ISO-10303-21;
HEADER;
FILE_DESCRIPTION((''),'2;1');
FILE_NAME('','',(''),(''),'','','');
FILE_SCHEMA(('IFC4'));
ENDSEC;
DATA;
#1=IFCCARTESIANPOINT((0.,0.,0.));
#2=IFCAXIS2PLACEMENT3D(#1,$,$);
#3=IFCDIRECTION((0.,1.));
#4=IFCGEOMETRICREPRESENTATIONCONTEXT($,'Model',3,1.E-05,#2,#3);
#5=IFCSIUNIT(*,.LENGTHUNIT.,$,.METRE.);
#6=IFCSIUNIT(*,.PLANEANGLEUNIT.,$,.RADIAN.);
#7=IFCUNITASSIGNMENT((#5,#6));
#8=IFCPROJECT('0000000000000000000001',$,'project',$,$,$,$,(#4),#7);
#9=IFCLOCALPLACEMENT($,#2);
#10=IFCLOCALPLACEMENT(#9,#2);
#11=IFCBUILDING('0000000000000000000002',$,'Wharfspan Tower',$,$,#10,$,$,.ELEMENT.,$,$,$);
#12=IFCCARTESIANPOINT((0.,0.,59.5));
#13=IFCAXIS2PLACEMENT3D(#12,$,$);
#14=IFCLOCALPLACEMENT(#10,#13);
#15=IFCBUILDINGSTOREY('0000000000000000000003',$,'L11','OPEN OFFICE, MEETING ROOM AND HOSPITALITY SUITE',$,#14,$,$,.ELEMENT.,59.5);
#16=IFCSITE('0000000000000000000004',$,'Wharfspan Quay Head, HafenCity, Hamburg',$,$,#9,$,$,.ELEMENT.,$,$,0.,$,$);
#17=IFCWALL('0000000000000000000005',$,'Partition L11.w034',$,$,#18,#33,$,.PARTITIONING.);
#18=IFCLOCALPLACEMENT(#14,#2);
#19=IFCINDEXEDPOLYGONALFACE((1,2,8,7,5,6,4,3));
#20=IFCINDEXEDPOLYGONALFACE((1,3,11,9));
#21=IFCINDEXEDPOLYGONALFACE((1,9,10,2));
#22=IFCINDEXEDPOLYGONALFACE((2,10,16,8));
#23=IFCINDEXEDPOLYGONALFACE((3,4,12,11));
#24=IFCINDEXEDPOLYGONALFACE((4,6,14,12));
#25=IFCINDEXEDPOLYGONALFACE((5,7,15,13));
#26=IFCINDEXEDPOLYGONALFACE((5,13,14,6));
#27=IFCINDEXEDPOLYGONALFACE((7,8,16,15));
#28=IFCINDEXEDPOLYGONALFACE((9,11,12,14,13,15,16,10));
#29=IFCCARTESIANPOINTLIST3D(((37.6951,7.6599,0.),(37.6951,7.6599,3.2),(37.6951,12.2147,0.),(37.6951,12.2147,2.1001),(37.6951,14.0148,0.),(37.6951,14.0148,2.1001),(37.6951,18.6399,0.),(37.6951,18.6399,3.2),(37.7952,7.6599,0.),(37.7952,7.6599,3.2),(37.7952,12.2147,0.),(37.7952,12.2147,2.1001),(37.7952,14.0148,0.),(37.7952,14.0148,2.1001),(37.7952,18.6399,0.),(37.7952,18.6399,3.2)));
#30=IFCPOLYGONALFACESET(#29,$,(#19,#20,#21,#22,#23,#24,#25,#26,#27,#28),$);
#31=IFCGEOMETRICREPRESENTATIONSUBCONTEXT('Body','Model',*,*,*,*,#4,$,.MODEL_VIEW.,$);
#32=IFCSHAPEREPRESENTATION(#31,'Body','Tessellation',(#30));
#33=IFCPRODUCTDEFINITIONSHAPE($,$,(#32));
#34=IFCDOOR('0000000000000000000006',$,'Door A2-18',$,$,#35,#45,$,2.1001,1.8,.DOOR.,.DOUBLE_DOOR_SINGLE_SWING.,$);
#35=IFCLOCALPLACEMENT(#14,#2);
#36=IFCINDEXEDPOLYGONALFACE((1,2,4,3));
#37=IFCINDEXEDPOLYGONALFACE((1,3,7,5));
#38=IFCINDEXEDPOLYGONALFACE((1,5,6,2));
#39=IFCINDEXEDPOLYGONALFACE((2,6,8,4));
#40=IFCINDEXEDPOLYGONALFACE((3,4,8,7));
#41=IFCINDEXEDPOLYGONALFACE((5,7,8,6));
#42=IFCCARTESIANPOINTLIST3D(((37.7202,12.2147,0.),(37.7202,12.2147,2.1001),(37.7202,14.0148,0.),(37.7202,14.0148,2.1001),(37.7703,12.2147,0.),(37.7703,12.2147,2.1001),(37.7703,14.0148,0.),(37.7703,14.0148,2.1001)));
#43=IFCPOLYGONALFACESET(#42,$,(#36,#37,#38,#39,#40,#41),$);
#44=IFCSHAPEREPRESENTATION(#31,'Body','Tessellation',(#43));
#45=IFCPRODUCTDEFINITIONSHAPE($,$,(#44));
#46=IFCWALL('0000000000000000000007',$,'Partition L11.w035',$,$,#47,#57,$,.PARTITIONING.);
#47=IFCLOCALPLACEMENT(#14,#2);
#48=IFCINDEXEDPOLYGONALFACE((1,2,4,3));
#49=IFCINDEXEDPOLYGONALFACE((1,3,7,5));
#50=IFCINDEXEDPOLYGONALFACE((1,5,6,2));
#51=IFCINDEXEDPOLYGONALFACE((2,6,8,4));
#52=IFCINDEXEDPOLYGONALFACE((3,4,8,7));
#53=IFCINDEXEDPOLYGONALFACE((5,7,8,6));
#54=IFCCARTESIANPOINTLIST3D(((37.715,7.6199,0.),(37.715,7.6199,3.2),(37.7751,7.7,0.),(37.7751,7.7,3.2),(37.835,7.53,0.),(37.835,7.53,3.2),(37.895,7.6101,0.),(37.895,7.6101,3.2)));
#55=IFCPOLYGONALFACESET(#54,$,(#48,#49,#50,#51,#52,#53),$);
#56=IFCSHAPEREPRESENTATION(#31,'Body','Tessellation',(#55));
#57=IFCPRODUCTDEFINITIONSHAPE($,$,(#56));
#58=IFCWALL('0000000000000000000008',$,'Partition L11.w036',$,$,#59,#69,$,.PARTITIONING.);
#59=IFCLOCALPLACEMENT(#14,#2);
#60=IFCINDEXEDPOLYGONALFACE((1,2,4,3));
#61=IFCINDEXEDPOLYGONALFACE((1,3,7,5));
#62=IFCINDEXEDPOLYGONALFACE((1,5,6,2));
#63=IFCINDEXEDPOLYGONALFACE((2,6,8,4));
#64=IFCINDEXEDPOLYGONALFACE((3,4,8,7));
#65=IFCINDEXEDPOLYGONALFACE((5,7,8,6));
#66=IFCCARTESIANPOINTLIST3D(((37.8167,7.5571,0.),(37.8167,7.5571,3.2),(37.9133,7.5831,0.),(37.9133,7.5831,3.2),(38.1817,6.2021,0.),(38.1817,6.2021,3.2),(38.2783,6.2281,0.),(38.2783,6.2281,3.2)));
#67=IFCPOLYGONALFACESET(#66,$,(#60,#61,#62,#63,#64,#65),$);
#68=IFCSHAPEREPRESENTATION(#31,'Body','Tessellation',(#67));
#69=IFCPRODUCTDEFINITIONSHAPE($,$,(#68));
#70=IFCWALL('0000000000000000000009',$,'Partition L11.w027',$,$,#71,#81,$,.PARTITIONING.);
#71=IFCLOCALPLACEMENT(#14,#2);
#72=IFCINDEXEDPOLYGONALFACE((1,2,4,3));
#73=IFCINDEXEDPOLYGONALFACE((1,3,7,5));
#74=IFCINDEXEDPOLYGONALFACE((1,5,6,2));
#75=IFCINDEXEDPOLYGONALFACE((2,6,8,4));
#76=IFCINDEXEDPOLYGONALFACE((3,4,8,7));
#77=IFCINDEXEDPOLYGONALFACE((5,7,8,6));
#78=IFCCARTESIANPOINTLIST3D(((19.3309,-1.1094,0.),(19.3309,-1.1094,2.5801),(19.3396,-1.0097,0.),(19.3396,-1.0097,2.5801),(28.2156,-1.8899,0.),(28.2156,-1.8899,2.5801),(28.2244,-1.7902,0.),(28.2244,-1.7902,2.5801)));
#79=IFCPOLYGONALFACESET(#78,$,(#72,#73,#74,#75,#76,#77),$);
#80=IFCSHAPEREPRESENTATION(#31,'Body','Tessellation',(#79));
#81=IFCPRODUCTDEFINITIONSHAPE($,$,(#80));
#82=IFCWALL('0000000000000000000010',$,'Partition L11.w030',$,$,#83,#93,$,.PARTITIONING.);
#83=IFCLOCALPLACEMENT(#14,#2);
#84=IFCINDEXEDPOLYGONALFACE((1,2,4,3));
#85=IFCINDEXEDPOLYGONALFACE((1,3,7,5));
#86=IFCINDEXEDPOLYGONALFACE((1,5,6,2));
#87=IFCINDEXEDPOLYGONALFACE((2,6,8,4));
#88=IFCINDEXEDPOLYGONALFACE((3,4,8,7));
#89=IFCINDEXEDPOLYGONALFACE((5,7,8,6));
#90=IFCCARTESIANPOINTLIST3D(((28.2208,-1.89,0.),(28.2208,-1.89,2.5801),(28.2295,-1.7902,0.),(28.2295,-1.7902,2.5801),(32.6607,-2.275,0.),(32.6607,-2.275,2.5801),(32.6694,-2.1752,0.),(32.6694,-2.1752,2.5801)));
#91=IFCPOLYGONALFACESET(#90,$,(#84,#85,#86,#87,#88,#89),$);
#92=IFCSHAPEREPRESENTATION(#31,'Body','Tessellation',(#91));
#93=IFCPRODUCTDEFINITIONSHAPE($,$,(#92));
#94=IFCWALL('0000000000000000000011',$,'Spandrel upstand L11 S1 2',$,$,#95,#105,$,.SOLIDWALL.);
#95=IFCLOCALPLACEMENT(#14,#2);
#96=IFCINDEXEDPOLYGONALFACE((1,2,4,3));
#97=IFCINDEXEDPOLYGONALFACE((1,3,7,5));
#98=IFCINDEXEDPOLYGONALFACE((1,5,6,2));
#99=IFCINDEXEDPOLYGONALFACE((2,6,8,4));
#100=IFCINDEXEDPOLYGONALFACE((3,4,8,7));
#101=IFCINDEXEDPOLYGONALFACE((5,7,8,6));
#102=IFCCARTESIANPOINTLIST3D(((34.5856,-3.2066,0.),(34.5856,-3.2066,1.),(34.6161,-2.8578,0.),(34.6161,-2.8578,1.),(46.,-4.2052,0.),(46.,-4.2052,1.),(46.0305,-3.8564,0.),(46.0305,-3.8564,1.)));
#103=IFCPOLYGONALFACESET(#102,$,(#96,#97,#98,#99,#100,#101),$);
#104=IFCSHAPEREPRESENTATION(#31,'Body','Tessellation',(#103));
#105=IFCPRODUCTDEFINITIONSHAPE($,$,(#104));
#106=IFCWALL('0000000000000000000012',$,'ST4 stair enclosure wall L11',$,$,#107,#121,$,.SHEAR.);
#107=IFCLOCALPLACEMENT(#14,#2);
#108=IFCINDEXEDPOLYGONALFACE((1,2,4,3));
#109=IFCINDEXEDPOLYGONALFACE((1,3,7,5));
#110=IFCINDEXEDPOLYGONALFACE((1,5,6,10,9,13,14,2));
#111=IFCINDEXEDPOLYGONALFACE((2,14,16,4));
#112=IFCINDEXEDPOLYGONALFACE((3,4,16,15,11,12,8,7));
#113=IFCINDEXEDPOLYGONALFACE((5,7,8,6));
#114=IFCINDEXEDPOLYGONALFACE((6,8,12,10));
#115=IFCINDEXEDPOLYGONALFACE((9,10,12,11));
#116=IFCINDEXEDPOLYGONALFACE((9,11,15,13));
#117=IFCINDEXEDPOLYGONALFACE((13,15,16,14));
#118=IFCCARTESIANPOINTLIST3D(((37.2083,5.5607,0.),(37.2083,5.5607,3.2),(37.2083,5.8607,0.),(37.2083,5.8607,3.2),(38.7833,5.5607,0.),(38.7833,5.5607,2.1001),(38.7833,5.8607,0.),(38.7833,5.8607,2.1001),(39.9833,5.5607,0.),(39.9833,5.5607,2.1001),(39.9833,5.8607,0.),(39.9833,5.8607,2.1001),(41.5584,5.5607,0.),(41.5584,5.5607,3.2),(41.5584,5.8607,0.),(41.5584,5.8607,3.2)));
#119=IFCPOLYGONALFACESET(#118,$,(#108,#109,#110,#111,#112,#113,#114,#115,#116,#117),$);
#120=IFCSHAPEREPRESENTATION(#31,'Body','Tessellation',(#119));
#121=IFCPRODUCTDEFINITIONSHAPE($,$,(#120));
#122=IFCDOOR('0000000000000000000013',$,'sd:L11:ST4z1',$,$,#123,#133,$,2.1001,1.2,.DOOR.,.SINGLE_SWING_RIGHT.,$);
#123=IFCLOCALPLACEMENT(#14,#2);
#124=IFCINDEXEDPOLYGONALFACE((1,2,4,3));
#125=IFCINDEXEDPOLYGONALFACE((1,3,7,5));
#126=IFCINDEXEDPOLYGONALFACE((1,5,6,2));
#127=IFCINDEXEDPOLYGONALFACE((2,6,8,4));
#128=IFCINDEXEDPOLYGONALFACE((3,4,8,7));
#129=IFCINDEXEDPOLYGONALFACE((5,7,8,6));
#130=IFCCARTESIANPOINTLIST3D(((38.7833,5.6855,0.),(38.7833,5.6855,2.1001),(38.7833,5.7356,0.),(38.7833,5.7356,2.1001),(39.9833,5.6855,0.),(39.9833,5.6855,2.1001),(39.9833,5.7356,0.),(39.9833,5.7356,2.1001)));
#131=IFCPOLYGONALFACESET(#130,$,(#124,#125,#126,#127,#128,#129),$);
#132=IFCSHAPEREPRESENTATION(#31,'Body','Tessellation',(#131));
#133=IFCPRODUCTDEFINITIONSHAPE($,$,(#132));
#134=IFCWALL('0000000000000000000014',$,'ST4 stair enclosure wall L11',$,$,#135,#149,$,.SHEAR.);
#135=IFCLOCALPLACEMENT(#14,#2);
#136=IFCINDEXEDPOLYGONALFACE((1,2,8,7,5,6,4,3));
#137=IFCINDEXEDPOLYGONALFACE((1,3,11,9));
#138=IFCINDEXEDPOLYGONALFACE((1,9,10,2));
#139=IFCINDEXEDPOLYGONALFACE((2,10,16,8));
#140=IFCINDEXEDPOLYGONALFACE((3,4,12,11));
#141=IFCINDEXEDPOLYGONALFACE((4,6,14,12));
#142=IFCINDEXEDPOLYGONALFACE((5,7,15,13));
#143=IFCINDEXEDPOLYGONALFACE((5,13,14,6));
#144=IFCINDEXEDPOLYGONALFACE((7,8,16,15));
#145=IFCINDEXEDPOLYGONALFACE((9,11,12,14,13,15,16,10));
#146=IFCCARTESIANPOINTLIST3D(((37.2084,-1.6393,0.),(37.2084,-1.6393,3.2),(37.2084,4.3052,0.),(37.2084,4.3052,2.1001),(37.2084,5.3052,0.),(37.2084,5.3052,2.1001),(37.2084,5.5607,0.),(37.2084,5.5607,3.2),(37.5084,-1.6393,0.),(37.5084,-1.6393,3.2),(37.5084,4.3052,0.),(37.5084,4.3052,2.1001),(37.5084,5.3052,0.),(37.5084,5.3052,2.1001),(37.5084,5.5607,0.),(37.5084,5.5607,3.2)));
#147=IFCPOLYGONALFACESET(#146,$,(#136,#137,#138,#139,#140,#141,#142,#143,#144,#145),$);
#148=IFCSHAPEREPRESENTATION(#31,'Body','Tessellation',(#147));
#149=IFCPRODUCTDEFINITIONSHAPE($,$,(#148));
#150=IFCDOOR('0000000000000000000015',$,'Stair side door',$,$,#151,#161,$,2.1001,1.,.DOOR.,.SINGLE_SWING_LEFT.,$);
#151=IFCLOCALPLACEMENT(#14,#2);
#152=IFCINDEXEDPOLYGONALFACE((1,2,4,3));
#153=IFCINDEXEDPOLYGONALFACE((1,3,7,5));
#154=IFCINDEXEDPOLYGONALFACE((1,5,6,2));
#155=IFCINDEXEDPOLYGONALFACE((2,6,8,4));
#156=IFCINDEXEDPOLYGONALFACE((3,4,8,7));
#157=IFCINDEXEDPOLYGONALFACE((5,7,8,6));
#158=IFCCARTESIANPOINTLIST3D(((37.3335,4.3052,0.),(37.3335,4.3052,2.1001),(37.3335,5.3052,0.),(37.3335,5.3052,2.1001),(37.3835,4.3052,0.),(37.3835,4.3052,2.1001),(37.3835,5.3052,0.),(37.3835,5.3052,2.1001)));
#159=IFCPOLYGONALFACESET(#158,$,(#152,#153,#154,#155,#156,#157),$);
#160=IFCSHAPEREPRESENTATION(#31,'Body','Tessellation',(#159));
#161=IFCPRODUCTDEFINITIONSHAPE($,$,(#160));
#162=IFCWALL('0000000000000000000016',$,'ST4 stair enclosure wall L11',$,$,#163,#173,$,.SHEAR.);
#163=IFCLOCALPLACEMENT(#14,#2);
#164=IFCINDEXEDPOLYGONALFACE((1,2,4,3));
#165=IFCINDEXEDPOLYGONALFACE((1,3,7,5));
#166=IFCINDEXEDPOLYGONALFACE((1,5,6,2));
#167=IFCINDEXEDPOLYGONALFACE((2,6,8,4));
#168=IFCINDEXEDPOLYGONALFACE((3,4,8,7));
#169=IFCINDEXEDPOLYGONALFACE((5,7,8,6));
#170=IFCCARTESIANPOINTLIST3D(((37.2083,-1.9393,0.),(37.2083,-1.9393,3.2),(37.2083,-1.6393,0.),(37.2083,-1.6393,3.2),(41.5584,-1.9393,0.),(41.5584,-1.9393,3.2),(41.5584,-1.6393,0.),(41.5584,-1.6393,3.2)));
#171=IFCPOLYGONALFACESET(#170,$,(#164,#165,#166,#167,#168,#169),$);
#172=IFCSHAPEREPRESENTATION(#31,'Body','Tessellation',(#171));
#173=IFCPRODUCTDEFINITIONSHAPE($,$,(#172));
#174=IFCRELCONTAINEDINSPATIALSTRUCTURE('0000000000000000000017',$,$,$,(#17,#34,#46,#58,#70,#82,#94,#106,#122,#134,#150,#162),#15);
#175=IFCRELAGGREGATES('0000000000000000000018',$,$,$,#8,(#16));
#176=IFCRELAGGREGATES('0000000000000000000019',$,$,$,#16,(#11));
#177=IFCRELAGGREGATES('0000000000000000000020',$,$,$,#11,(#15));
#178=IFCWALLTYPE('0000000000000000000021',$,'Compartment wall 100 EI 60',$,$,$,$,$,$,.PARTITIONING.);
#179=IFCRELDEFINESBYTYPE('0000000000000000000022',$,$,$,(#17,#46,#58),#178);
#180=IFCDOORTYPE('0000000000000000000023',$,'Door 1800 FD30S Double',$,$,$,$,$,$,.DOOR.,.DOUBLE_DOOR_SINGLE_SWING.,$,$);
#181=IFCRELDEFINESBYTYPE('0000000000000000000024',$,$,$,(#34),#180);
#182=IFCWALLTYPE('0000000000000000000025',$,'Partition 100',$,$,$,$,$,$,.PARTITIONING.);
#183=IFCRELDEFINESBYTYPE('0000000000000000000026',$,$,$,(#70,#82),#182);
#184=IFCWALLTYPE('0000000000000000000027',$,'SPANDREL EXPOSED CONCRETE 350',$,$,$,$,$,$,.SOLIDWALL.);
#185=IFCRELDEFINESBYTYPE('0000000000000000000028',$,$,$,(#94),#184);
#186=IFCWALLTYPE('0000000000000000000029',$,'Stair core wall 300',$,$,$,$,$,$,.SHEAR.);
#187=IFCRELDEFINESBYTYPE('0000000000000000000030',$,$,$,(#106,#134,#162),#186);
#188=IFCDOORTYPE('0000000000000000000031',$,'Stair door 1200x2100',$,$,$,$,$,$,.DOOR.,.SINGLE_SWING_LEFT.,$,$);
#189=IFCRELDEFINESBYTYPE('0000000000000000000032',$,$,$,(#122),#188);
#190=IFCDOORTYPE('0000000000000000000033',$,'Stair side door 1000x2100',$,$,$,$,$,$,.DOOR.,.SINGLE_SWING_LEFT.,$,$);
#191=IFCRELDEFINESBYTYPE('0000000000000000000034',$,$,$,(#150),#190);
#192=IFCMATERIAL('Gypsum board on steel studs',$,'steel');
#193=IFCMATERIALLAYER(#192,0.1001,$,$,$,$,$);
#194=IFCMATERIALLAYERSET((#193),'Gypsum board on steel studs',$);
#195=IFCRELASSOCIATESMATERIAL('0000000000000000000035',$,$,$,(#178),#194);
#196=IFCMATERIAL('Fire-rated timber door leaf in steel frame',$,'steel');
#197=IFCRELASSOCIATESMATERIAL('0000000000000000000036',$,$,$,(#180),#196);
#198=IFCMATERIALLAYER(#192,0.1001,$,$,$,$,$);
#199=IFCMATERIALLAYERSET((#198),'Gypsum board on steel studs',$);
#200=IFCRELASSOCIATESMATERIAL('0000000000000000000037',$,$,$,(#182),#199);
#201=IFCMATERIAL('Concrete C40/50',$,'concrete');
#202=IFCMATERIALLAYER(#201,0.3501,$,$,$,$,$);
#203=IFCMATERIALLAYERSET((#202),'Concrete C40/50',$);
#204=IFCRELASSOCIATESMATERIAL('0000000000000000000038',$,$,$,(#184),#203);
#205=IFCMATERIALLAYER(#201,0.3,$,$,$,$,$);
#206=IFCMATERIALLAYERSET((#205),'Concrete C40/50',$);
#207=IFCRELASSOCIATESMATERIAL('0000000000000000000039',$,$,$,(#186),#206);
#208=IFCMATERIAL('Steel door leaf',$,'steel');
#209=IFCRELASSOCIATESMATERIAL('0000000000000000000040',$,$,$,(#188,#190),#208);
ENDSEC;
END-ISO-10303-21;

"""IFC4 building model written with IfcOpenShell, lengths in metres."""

from ifc_helpers import new_model, si_unit, direction, frame, frame_2d, origin, place, context, subcontext, project, spatial, rectangle, extrude, material, layer, layer_set, type_object, element, fill, save


model = new_model("IFC4")

# Units and contexts
model_context = context("Model", 3, precision=1e-05, world=origin(), true_north=direction((0.0, 1.0)))
body_context = subcontext(model_context, "Body", "Model", "MODEL_VIEW")
ifc_project = project(units=[si_unit("LENGTHUNIT", "METRE"), si_unit("PLANEANGLEUNIT", "RADIAN")], contexts=[model_context])

# Site, building, storey
site_placement = place(None, origin())
site = spatial("IfcSite", under=ifc_project, at=site_placement, Name="Wharfspan Quay Head, HafenCity, Hamburg", CompositionType="ELEMENT", RefElevation=0.0)
building_placement = place(site_placement, origin())
building = spatial("IfcBuilding", under=site, at=building_placement, Name="Wharfspan Tower", CompositionType="ELEMENT")
storey_placement = place(building_placement, frame((0.0, 0.0, 59.5)))
storey = spatial("IfcBuildingStorey", under=building, at=storey_placement, Name="L11", Description="OPEN OFFICE, MEETING ROOM AND HOSPITALITY SUITE", CompositionType="ELEMENT", Elevation=59.5)

# Shared definitions
ifc_material_1 = material(Name="Gypsum board on steel studs", Category="steel")
ifc_layer_1 = layer(ifc_material_1, 0.1001)
ifc_layer_set_1 = layer_set([ifc_layer_1], Name="Gypsum board on steel studs")
wall_type_1 = type_object("IfcWallType", Name="Compartment wall 100 EI 60", PredefinedType="PARTITIONING", material=ifc_layer_set_1)

# Wall, opening, door
wall_1_placement = place(storey_placement, frame((37.7451, 7.6599, 0.0), z_axis=(0.0, 0.0, 1.0), x_axis=(0.0, 1.0, 0.0)))
wall_1 = element("IfcWall", 1, at=wall_1_placement, inside=storey, type_object=wall_type_1, Name="Partition L11.w034", PredefinedType="PARTITIONING", context=body_context, shape_type="SweptSolid", body=[
    extrude(rectangle(XDim=10.98, YDim=0.1001, at=frame_2d((5.49, 0.0))), origin(), (0.0, 0.0, 1.0), 3.2),
])
opening_1_placement = place(wall_1_placement, frame((4.5549, 0.0, 0.0)))
opening_1 = element("IfcOpeningElement", 2, at=opening_1_placement, cuts=wall_1, PredefinedType="OPENING", context=body_context, shape_type="SweptSolid", body=[
    extrude(rectangle(XDim=1.8, YDim=2.1001, at=frame_2d((0.8999, 1.05))), frame((0.0, 0.0601, 0.0), z_axis=(0.0, -1.0, 0.0), x_axis=(1.0, 0.0, 0.0)), (0.0, 0.0, 1.0), 0.1201),
])
ifc_material_2 = material(Name="Fire-rated timber door leaf in steel frame", Category="steel")
door_type_1 = type_object("IfcDoorType", Name="Door 1800 FD30S Double", OperationType="DOUBLE_DOOR_SINGLE_SWING", PredefinedType="DOOR", material=ifc_material_2)
door_1_placement = place(opening_1_placement, origin())
door_1 = element("IfcDoor", 3, at=door_1_placement, inside=storey, type_object=door_type_1, Name="Door A2-18", OperationType="DOUBLE_DOOR_SINGLE_SWING", OverallHeight=2.1001, OverallWidth=1.8, PredefinedType="DOOR", context=body_context, shape_type="SweptSolid", body=[
    extrude(rectangle(XDim=1.8, YDim=2.1001, at=frame_2d((0.8999, 1.05))), frame((0.0, 0.0249, 0.0), z_axis=(0.0, -1.0, 0.0), x_axis=(1.0, 0.0, 0.0)), (0.0, 0.0, 1.0), 0.05),
])
fill(opening_1, door_1)

# Walls
wall_2_placement = place(storey_placement, frame((37.865, 7.5701, 0.0), z_axis=(0.0, 0.0, 1.0), x_axis=(-0.800198, 0.599741, 0.0)))
element("IfcWall", 4, at=wall_2_placement, inside=storey, type_object=wall_type_1, Name="Partition L11.w035", PredefinedType="PARTITIONING", context=body_context, shape_type="SweptSolid", body=[
    extrude(rectangle(XDim=0.1499, YDim=0.1001, at=frame_2d((0.075, 0.0))), origin(), (0.0, 0.0, 1.0), 3.2),
])
wall_3_placement = place(storey_placement, frame((38.23, 6.2151, 0.0), z_axis=(0.0, 0.0, 1.0), x_axis=(-0.260099, 0.965585, 0.0)))
element("IfcWall", 5, at=wall_3_placement, inside=storey, type_object=wall_type_1, Name="Partition L11.w036", PredefinedType="PARTITIONING", context=body_context, shape_type="SweptSolid", body=[
    extrude(rectangle(XDim=1.4033, YDim=0.1001, at=frame_2d((0.7017, 0.0))), origin(), (0.0, 0.0, 1.0), 3.2),
])
ifc_layer_2 = layer(ifc_material_1, 0.1001)
ifc_layer_set_2 = layer_set([ifc_layer_2], Name="Gypsum board on steel studs")
wall_type_2 = type_object("IfcWallType", Name="Partition 100", PredefinedType="PARTITIONING", material=ifc_layer_set_2)
wall_4_placement = place(storey_placement, frame((28.22, -1.8401, 0.0), z_axis=(0.0, 0.0, 1.0), x_axis=(-0.996164, 0.087512, 0.0)))
element("IfcWall", 6, at=wall_4_placement, inside=storey, type_object=wall_type_2, Name="Partition L11.w027", PredefinedType="PARTITIONING", context=body_context, shape_type="SweptSolid", body=[
    extrude(rectangle(XDim=8.9189, YDim=0.1001, at=frame_2d((4.4595, 0.0))), origin(), (0.0, 0.0, 1.0), 2.5801),
])
wall_5_placement = place(storey_placement, frame((32.665, -2.2251, 0.0), z_axis=(0.0, 0.0, 1.0), x_axis=(-0.996263, 0.086391, 0.0)))
element("IfcWall", 7, at=wall_5_placement, inside=storey, type_object=wall_type_2, Name="Partition L11.w030", PredefinedType="PARTITIONING", context=body_context, shape_type="SweptSolid", body=[
    extrude(rectangle(XDim=4.4565, YDim=0.1001, at=frame_2d((2.2283, 0.0))), origin(), (0.0, 0.0, 1.0), 2.5801),
])
ifc_material_3 = material(Name="Concrete C40/50", Category="concrete")
ifc_layer_3 = layer(ifc_material_3, 0.3501)
ifc_layer_set_3 = layer_set([ifc_layer_3], Name="Concrete C40/50")
wall_type_3 = type_object("IfcWallType", Name="SPANDREL EXPOSED CONCRETE 350", PredefinedType="SOLIDWALL", material=ifc_layer_set_3)
wall_6_placement = place(storey_placement, frame((34.6008, -3.0322, 0.0), z_axis=(0.0, 0.0, 1.0), x_axis=(0.996193, -0.087148, 0.0)))
element("IfcWall", 8, at=wall_6_placement, inside=storey, type_object=wall_type_3, Name="Spandrel upstand L11 S1 2", PredefinedType="SOLIDWALL", context=body_context, shape_type="SweptSolid", body=[
    extrude(rectangle(XDim=11.458, YDim=0.3501, at=frame_2d((5.729, 0.0))), origin(), (0.0, 0.0, 1.0), 1.0),
])

# Walls, openings, doors
ifc_layer_4 = layer(ifc_material_3, 0.3)
ifc_layer_set_4 = layer_set([ifc_layer_4], Name="Concrete C40/50")
wall_type_4 = type_object("IfcWallType", Name="Stair core wall 300", PredefinedType="SHEAR", material=ifc_layer_set_4)
wall_7_placement = place(storey_placement, frame((37.2083, 5.7107, 0.0), z_axis=(0.0, 0.0, 1.0), x_axis=(1.0, 0.0, 0.0)))
wall_7 = element("IfcWall", 9, at=wall_7_placement, inside=storey, type_object=wall_type_4, Name="ST4 stair enclosure wall L11", PredefinedType="SHEAR", context=body_context, shape_type="SweptSolid", body=[
    extrude(rectangle(XDim=4.3501, YDim=0.3, at=frame_2d((2.175, 0.0))), origin(), (0.0, 0.0, 1.0), 3.2),
])
opening_2_placement = place(wall_7_placement, frame((1.575, 0.0, 0.0)))
opening_2 = element("IfcOpeningElement", 10, at=opening_2_placement, cuts=wall_7, PredefinedType="OPENING", context=body_context, shape_type="SweptSolid", body=[
    extrude(rectangle(XDim=1.2, YDim=2.1001, at=frame_2d((0.6001, 1.05))), frame((0.0, 0.1599, 0.0), z_axis=(0.0, -1.0, 0.0), x_axis=(1.0, 0.0, 0.0)), (0.0, 0.0, 1.0), 0.3201),
])
ifc_material_4 = material(Name="Steel door leaf", Category="steel")
door_type_2 = type_object("IfcDoorType", Name="Stair door 1200x2100", OperationType="SINGLE_SWING_LEFT", PredefinedType="DOOR", material=ifc_material_4)
door_2_placement = place(opening_2_placement, origin())
door_2 = element("IfcDoor", 11, at=door_2_placement, inside=storey, type_object=door_type_2, Name="sd:L11:ST4z1", OperationType="SINGLE_SWING_RIGHT", OverallHeight=2.1001, OverallWidth=1.2, PredefinedType="DOOR", context=body_context, shape_type="SweptSolid", body=[
    extrude(rectangle(XDim=1.2, YDim=2.1001, at=frame_2d((0.6001, 1.05))), frame((0.0, 0.0249, 0.0), z_axis=(0.0, -1.0, 0.0), x_axis=(1.0, 0.0, 0.0)), (0.0, 0.0, 1.0), 0.05),
])
fill(opening_2, door_2)
wall_8_placement = place(storey_placement, frame((37.3584, -1.6394, 0.0), z_axis=(0.0, 0.0, 1.0), x_axis=(0.0, 1.0, 0.0)))
wall_8 = element("IfcWall", 12, at=wall_8_placement, inside=storey, type_object=wall_type_4, Name="ST4 stair enclosure wall L11", PredefinedType="SHEAR", context=body_context, shape_type="SweptSolid", body=[
    extrude(rectangle(XDim=7.2, YDim=0.3, at=frame_2d((3.6001, 0.0))), origin(), (0.0, 0.0, 1.0), 3.2),
])
opening_3_placement = place(wall_8_placement, frame((5.9446, 0.0, 0.0)))
opening_3 = element("IfcOpeningElement", 13, at=opening_3_placement, cuts=wall_8, PredefinedType="OPENING", context=body_context, shape_type="SweptSolid", body=[
    extrude(rectangle(XDim=1.0, YDim=2.1001, at=frame_2d((0.5, 1.05))), frame((0.0, 0.1599, 0.0), z_axis=(0.0, -1.0, 0.0), x_axis=(1.0, 0.0, 0.0)), (0.0, 0.0, 1.0), 0.3201),
])
door_type_3 = type_object("IfcDoorType", Name="Stair side door 1000x2100", OperationType="SINGLE_SWING_LEFT", PredefinedType="DOOR", material=ifc_material_4)
door_3_placement = place(opening_3_placement, origin())
door_3 = element("IfcDoor", 14, at=door_3_placement, inside=storey, type_object=door_type_3, Name="Stair side door", OperationType="SINGLE_SWING_LEFT", OverallHeight=2.1001, OverallWidth=1.0, PredefinedType="DOOR", context=body_context, shape_type="SweptSolid", body=[
    extrude(rectangle(XDim=1.0, YDim=2.1001, at=frame_2d((0.5, 1.05))), frame((0.0, 0.0249, 0.0), z_axis=(0.0, -1.0, 0.0), x_axis=(1.0, 0.0, 0.0)), (0.0, 0.0, 1.0), 0.05),
])
fill(opening_3, door_3)

# Wall
wall_9_placement = place(storey_placement, frame((37.2083, -1.7893, 0.0), z_axis=(0.0, 0.0, 1.0), x_axis=(1.0, 0.0, 0.0)))
element("IfcWall", 15, at=wall_9_placement, inside=storey, type_object=wall_type_4, Name="ST4 stair enclosure wall L11", PredefinedType="SHEAR", context=body_context, shape_type="SweptSolid", body=[
    extrude(rectangle(XDim=4.3501, YDim=0.3, at=frame_2d((2.175, 0.0))), origin(), (0.0, 0.0, 1.0), 3.2),
])

save(model, "model.ifc")
